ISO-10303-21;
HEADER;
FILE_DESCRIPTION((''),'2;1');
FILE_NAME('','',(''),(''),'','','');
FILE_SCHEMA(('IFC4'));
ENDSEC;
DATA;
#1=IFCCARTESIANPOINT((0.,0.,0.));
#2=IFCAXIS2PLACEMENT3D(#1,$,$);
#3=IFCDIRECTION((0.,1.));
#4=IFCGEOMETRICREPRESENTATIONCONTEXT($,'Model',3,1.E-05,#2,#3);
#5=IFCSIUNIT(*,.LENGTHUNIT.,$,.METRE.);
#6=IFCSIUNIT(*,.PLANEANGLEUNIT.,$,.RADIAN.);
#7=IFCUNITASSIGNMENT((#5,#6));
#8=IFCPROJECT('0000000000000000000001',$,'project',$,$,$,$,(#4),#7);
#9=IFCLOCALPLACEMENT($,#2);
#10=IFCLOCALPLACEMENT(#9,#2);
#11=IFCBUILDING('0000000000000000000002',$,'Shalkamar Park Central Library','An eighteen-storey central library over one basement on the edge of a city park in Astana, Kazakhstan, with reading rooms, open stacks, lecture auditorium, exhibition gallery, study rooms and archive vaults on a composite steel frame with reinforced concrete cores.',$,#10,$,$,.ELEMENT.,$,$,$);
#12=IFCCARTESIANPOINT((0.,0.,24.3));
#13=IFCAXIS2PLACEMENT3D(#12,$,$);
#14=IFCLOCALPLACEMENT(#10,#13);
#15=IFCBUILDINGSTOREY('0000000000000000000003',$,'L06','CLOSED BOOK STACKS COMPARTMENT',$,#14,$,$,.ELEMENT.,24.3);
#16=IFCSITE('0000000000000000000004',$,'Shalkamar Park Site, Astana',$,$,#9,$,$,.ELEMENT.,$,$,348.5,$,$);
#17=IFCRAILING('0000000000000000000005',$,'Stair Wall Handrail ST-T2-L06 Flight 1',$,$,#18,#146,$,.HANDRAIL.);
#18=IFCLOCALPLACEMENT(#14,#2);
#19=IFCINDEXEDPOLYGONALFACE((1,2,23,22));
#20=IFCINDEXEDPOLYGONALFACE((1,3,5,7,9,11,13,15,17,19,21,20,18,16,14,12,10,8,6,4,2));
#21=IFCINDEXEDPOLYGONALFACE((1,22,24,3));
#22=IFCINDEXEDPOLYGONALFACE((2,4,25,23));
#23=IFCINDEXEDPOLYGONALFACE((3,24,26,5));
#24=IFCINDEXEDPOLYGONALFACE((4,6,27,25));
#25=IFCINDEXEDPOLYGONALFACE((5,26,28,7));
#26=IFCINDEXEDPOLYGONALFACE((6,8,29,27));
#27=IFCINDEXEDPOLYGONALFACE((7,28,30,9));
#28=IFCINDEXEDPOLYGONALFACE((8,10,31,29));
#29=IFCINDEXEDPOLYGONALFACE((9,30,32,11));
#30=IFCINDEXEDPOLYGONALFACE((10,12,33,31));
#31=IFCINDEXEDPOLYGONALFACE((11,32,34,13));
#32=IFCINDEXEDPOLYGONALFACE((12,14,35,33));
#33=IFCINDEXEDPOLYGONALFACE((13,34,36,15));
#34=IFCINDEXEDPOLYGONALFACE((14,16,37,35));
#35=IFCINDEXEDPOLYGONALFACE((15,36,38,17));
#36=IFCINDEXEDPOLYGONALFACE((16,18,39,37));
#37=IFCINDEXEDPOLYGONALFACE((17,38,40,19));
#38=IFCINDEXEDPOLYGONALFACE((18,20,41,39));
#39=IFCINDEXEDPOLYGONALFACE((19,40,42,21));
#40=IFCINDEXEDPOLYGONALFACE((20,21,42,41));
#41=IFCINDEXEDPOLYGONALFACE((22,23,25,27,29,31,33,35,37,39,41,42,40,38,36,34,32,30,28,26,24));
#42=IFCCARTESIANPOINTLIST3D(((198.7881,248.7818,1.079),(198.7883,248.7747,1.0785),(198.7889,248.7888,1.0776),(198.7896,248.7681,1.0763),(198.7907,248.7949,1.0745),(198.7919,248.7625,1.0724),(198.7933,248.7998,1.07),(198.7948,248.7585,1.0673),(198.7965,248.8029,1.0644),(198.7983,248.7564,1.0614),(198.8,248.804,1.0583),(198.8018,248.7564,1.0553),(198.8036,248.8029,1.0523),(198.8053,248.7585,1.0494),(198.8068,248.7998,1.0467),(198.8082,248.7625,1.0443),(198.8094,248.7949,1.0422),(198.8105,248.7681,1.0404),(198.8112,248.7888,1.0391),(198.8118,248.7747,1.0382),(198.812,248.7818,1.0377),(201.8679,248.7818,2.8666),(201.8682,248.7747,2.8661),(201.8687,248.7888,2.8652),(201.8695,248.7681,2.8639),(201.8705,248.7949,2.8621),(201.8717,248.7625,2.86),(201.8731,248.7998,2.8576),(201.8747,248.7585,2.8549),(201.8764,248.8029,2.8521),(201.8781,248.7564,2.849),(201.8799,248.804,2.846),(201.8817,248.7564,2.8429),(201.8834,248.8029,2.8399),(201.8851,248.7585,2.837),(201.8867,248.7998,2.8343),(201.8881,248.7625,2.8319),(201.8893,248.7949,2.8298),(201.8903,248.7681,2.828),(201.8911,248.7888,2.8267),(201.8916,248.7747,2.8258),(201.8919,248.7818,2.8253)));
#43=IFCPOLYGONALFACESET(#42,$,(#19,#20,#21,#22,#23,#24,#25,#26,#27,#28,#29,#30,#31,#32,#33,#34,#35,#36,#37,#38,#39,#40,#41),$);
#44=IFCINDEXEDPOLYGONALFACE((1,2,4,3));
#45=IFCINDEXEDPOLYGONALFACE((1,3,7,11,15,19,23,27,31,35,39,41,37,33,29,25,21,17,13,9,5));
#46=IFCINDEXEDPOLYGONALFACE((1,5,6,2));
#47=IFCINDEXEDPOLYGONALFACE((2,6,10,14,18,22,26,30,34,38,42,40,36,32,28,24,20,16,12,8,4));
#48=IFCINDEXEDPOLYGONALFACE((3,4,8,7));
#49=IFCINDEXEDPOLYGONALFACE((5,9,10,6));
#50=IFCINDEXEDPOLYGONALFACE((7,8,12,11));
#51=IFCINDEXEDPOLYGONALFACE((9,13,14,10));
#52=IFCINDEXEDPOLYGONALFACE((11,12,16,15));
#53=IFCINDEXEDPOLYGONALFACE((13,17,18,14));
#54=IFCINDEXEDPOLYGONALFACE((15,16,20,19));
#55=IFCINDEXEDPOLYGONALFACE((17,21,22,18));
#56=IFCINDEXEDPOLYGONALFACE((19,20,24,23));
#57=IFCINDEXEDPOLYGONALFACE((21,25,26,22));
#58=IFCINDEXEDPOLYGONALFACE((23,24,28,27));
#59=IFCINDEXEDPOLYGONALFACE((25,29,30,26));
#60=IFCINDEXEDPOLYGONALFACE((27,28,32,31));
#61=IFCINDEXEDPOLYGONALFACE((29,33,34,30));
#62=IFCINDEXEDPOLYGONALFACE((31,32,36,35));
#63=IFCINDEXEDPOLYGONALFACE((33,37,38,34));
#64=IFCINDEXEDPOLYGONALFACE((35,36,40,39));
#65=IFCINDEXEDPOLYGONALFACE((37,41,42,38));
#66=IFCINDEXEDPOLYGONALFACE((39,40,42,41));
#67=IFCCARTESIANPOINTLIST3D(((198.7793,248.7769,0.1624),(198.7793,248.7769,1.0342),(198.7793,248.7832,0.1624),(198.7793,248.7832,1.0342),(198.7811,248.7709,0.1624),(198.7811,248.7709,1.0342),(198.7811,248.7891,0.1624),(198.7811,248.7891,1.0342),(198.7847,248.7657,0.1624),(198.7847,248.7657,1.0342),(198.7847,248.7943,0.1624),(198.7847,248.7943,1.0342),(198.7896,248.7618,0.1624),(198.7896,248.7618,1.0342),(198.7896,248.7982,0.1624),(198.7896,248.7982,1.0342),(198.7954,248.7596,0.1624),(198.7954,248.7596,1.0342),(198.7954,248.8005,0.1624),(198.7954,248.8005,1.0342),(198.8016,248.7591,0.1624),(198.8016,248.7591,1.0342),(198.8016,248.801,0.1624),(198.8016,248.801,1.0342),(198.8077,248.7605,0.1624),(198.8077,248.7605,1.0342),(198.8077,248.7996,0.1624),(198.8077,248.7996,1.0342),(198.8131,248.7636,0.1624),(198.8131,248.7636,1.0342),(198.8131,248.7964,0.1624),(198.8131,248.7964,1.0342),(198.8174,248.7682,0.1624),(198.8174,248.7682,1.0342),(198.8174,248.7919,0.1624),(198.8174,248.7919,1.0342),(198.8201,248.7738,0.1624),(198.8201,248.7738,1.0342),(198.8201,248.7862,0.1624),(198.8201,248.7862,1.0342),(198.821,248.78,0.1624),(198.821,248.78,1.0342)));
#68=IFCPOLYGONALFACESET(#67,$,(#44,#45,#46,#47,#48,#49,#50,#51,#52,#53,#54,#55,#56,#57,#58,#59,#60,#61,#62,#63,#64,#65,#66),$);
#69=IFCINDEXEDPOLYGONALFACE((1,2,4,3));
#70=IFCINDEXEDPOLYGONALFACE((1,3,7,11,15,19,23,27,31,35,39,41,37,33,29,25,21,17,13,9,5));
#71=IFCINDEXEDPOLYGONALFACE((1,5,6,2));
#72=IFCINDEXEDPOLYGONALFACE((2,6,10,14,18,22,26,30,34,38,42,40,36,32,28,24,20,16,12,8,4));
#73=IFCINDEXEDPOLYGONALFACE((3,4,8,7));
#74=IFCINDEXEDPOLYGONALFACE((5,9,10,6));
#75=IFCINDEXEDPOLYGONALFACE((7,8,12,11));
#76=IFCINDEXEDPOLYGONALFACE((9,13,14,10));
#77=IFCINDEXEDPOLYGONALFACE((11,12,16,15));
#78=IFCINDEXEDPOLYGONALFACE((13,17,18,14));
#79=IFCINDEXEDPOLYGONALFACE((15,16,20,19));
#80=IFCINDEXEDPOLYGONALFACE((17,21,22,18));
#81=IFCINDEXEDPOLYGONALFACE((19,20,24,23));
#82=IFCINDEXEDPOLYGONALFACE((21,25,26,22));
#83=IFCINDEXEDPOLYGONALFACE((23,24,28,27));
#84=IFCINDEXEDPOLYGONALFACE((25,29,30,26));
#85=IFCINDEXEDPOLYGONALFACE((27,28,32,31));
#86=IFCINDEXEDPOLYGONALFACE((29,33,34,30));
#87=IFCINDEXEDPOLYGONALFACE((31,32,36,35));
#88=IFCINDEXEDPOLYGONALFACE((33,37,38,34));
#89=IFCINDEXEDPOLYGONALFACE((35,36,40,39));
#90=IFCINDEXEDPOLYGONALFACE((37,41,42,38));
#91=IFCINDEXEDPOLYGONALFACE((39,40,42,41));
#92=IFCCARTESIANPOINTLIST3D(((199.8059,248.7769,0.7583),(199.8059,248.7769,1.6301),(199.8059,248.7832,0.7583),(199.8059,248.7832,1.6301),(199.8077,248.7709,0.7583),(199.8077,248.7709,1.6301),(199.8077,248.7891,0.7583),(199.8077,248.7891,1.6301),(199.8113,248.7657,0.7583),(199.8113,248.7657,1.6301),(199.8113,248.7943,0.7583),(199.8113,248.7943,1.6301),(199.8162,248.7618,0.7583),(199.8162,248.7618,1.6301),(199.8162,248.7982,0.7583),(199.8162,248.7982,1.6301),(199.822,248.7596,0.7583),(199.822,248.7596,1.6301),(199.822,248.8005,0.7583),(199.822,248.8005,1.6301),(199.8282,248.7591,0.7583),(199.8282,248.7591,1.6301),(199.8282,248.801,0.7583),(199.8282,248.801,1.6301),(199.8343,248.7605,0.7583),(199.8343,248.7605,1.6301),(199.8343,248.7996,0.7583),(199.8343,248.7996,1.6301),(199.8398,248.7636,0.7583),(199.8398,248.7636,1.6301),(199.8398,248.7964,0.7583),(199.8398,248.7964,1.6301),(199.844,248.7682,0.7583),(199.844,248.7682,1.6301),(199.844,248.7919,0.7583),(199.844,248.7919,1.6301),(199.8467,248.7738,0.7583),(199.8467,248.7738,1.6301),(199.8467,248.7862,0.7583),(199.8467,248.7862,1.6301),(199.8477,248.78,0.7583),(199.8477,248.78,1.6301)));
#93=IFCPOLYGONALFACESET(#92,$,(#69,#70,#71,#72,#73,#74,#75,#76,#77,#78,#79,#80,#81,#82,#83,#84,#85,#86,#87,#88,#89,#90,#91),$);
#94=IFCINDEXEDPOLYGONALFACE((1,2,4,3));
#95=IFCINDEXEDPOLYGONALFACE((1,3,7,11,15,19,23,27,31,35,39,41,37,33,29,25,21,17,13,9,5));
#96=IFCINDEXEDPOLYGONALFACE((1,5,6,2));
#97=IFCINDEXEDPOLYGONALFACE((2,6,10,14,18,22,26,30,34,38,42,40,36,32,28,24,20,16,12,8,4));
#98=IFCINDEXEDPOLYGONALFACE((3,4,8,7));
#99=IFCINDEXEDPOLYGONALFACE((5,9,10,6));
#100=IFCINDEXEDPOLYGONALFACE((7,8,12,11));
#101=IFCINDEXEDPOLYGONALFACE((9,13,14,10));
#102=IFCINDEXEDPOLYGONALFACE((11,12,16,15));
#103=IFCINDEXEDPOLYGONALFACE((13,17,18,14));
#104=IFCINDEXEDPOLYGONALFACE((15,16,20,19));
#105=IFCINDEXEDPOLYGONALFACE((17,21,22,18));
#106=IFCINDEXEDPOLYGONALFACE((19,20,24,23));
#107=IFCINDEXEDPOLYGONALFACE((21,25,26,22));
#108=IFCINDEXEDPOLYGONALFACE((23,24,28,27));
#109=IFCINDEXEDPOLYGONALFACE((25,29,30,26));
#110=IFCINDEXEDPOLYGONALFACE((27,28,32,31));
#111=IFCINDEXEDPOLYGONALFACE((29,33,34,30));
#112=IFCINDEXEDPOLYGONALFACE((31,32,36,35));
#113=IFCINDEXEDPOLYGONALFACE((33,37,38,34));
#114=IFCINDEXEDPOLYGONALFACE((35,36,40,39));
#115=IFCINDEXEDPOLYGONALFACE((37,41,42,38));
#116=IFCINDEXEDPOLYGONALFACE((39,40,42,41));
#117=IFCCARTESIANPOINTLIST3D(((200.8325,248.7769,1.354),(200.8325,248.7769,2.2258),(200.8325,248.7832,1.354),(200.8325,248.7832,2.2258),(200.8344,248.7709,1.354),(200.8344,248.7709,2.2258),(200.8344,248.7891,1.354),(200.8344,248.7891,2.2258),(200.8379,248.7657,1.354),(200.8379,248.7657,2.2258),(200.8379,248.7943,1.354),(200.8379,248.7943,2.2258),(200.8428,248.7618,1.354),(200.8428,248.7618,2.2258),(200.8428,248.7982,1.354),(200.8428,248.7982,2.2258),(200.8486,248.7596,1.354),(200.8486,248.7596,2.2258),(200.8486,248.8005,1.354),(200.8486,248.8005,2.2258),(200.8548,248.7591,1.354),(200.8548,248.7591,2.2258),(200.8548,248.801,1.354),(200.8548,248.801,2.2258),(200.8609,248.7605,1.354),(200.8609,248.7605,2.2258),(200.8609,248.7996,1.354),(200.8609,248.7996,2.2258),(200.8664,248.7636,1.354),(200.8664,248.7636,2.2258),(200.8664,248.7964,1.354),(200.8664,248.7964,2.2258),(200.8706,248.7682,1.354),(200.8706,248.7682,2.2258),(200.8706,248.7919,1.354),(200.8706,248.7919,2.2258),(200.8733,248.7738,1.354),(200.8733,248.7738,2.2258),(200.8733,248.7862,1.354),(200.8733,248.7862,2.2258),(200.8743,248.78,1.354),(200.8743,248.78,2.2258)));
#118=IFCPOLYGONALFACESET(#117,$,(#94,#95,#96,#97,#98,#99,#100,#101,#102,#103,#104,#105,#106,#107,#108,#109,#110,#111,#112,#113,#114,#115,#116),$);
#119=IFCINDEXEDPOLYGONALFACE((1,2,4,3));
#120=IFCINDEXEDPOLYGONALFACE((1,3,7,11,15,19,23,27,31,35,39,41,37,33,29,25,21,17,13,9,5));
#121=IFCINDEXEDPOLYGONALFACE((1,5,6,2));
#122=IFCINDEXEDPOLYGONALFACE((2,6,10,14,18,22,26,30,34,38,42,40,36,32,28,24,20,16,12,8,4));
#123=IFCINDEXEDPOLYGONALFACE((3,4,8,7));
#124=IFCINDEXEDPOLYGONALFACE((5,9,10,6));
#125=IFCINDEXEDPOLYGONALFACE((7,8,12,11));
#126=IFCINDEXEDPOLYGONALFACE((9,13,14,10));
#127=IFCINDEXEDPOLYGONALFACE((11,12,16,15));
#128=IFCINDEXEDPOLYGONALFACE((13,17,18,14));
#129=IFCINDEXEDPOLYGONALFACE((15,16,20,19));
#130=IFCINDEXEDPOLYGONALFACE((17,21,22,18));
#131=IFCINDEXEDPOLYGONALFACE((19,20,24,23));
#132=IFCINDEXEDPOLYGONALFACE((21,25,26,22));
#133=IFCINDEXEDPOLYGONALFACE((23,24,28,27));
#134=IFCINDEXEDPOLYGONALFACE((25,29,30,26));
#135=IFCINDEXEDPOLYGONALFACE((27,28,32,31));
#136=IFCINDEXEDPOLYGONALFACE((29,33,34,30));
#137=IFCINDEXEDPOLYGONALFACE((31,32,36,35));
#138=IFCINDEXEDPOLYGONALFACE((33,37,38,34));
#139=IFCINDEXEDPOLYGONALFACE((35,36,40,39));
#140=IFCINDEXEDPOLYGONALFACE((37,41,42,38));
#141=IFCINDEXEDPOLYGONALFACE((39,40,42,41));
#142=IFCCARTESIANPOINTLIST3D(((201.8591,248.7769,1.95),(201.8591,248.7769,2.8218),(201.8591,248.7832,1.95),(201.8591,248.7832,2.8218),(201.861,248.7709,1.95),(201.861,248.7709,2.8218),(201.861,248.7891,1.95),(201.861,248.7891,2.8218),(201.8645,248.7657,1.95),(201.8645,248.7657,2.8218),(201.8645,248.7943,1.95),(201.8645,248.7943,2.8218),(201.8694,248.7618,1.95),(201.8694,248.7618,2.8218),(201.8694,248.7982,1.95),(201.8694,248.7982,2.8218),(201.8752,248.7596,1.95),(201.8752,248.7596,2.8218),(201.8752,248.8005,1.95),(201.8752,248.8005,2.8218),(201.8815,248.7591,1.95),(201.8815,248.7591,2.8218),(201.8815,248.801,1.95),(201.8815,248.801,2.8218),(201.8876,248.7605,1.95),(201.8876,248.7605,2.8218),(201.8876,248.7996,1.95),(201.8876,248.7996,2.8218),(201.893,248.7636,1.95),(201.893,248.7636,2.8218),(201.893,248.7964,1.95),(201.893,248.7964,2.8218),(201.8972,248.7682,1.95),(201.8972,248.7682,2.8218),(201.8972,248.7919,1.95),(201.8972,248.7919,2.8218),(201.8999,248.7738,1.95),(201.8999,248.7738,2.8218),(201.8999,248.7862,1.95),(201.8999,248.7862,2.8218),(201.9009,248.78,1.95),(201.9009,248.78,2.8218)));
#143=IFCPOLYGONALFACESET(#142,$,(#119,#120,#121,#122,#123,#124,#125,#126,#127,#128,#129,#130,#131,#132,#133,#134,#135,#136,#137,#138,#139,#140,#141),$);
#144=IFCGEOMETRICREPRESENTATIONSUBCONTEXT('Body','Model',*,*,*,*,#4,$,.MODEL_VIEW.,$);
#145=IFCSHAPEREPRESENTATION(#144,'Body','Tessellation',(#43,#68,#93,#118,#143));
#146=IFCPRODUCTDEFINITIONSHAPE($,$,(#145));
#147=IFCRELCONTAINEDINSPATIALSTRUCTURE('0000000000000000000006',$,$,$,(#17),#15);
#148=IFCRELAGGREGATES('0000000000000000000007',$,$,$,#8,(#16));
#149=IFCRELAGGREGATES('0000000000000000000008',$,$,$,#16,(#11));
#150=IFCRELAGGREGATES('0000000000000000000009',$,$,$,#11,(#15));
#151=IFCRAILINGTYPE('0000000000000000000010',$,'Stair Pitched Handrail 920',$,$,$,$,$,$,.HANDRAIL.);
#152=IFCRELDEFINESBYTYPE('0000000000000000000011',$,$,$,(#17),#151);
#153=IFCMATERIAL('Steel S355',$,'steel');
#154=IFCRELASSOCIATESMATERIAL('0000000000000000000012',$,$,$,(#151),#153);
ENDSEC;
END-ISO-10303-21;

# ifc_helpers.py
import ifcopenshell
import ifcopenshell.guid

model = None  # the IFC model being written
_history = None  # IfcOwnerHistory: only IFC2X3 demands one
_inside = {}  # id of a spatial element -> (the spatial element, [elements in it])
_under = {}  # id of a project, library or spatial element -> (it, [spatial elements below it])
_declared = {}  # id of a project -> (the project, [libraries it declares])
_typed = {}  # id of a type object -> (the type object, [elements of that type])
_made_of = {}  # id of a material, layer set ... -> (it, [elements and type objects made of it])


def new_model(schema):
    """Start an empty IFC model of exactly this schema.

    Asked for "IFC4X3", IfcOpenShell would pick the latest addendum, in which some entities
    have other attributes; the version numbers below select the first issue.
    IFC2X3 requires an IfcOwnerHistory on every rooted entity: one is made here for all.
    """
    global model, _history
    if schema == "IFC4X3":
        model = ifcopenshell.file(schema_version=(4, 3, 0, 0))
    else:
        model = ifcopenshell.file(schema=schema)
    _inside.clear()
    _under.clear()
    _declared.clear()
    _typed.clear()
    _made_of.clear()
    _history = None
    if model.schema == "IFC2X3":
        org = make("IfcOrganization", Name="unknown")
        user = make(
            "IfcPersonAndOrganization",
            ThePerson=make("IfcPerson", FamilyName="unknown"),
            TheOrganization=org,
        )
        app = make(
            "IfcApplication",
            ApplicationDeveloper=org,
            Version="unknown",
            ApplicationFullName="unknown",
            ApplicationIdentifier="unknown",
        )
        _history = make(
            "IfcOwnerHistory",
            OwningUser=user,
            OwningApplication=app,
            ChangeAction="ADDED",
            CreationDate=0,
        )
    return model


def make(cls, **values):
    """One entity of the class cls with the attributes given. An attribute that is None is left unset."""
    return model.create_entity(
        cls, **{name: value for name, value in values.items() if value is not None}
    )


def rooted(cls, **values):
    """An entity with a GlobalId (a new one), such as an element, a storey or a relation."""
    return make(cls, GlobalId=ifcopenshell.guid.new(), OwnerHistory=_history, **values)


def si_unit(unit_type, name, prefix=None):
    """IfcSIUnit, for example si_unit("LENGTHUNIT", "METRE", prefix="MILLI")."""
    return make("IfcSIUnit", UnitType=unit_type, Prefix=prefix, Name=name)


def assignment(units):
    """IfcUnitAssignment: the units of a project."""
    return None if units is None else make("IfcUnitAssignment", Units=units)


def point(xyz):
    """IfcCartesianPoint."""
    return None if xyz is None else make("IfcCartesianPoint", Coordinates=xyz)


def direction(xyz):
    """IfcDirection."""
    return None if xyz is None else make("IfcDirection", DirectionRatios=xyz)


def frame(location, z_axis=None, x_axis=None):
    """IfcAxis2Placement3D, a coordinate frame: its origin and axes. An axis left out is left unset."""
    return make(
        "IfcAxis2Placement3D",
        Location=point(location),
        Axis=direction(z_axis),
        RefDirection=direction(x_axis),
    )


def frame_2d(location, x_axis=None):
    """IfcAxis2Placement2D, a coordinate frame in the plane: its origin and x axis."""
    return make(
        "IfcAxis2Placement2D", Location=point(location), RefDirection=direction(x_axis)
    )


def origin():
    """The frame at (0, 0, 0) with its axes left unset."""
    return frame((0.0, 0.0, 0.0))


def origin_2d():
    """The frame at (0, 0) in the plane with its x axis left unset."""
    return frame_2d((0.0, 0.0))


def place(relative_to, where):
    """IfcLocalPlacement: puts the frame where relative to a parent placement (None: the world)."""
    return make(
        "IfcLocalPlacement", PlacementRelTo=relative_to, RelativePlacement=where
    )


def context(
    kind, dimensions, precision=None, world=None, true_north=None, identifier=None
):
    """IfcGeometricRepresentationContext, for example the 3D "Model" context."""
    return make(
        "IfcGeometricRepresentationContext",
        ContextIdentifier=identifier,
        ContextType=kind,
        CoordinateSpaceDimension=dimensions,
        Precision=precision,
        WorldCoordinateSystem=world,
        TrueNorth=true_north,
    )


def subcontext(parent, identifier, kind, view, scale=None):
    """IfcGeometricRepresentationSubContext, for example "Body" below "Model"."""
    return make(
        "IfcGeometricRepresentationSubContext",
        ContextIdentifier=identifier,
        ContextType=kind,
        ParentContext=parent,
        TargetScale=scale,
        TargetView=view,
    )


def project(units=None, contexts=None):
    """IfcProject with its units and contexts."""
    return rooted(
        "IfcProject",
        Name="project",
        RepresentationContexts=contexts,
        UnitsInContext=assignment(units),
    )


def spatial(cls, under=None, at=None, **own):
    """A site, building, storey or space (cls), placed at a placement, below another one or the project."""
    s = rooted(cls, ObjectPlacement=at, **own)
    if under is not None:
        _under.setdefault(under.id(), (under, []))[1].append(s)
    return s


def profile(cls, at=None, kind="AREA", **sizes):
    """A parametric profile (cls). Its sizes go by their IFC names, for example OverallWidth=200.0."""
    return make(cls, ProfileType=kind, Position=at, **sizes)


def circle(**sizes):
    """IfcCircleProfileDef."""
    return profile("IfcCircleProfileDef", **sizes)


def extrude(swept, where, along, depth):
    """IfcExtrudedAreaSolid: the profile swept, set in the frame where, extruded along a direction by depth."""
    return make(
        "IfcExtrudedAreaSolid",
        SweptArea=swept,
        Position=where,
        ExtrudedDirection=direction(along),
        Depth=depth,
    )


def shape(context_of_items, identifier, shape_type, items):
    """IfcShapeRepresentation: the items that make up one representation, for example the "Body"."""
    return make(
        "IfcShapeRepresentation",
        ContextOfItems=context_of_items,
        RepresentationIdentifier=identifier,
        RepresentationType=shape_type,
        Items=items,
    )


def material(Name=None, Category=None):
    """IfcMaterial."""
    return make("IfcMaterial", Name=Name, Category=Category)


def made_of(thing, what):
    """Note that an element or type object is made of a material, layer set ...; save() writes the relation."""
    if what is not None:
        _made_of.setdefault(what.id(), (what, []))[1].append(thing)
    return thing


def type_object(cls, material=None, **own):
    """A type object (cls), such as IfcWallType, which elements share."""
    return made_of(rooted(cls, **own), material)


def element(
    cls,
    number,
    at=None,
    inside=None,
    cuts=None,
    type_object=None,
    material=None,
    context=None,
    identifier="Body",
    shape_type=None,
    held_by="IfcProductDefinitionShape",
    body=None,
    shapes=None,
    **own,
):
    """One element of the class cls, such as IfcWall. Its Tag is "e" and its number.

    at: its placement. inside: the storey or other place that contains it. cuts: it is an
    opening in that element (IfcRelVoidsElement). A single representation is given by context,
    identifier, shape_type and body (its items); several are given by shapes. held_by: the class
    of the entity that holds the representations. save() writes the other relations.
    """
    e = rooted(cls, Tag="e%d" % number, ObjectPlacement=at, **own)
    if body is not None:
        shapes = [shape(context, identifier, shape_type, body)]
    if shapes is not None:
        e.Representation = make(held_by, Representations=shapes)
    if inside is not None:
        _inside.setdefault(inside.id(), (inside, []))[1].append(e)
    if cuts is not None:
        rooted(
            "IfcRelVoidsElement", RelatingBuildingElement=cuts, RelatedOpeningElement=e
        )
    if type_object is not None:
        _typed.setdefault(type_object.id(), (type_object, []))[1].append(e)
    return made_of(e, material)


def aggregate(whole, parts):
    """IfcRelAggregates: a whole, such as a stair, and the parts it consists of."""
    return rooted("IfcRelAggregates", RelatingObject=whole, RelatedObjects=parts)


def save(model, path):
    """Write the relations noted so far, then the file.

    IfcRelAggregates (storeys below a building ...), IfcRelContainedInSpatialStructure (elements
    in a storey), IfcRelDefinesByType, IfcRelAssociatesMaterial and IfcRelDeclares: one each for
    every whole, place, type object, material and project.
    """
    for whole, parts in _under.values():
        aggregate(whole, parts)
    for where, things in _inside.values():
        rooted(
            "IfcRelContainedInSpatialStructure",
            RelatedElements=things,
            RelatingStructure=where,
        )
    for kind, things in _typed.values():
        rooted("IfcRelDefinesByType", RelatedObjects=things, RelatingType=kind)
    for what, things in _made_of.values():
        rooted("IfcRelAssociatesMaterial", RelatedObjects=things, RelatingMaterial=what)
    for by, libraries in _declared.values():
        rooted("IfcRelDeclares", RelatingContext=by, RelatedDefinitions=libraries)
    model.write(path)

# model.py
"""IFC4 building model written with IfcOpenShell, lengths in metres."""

from ifc_helpers import new_model, si_unit, direction, frame, origin, origin_2d, place, context, subcontext, project, spatial, circle, extrude, material, type_object, element, save


model = new_model("IFC4")

# Units and contexts
model_context = context("Model", 3, precision=1e-05, world=origin(), true_north=direction((0.0, 1.0)))
body_context = subcontext(model_context, "Body", "Model", "MODEL_VIEW")
ifc_project = project(units=[si_unit("LENGTHUNIT", "METRE"), si_unit("PLANEANGLEUNIT", "RADIAN")], contexts=[model_context])

# Site, building, storey
site_placement = place(None, origin())
site = spatial("IfcSite", under=ifc_project, at=site_placement, Name="Shalkamar Park Site, Astana", CompositionType="ELEMENT", RefElevation=348.5)
building_placement = place(site_placement, origin())
building = spatial("IfcBuilding", under=site, at=building_placement, Name="Shalkamar Park Central Library", Description="An eighteen-storey central library over one basement on the edge of a city park in Astana, Kazakhstan, with reading rooms, open stacks, lecture auditorium, exhibition gallery, study rooms and archive vaults on a composite steel frame with reinforced concrete cores.", CompositionType="ELEMENT")
storey_placement = place(building_placement, frame((0.0, 0.0, 24.3)))
storey = spatial("IfcBuildingStorey", under=building, at=storey_placement, Name="L06", Description="CLOSED BOOK STACKS COMPARTMENT", CompositionType="ELEMENT", Elevation=24.3)

# Shared definitions
ifc_material_1 = material(Name="Steel S355", Category="steel")

# Railing
railing_type_1 = type_object("IfcRailingType", Name="Stair Pitched Handrail 920", PredefinedType="HANDRAIL", material=ifc_material_1)
railing_1_placement = place(storey_placement, frame((198.8, 248.78, 0.1624)))
element("IfcRailing", 1, at=railing_1_placement, inside=storey, type_object=railing_type_1, Name="Stair Wall Handrail ST-T2-L06 Flight 1", PredefinedType="HANDRAIL", context=body_context, shape_type="SweptSolid", body=[
    extrude(circle(Radius=0.0239, at=origin_2d()), frame((0.0, 0.0, 0.896), z_axis=(0.864873, 0.0, 0.50199), x_axis=(0.0, 1.0, 0.0)), (0.0, 0.0, 1.0), 3.561),
    extrude(circle(Radius=0.021, at=origin_2d()), origin(), (0.0, 0.0, 1.0), 0.8718),
    extrude(circle(Radius=0.021, at=origin_2d()), frame((1.0266, 0.0, 0.5959)), (0.0, 0.0, 1.0), 0.8718),
    extrude(circle(Radius=0.021, at=origin_2d()), frame((2.0532, 0.0, 1.1917)), (0.0, 0.0, 1.0), 0.8718),
    extrude(circle(Radius=0.021, at=origin_2d()), frame((3.0798, 0.0, 1.7876)), (0.0, 0.0, 1.0), 0.8718),
])

save(model, "model.ifc")
